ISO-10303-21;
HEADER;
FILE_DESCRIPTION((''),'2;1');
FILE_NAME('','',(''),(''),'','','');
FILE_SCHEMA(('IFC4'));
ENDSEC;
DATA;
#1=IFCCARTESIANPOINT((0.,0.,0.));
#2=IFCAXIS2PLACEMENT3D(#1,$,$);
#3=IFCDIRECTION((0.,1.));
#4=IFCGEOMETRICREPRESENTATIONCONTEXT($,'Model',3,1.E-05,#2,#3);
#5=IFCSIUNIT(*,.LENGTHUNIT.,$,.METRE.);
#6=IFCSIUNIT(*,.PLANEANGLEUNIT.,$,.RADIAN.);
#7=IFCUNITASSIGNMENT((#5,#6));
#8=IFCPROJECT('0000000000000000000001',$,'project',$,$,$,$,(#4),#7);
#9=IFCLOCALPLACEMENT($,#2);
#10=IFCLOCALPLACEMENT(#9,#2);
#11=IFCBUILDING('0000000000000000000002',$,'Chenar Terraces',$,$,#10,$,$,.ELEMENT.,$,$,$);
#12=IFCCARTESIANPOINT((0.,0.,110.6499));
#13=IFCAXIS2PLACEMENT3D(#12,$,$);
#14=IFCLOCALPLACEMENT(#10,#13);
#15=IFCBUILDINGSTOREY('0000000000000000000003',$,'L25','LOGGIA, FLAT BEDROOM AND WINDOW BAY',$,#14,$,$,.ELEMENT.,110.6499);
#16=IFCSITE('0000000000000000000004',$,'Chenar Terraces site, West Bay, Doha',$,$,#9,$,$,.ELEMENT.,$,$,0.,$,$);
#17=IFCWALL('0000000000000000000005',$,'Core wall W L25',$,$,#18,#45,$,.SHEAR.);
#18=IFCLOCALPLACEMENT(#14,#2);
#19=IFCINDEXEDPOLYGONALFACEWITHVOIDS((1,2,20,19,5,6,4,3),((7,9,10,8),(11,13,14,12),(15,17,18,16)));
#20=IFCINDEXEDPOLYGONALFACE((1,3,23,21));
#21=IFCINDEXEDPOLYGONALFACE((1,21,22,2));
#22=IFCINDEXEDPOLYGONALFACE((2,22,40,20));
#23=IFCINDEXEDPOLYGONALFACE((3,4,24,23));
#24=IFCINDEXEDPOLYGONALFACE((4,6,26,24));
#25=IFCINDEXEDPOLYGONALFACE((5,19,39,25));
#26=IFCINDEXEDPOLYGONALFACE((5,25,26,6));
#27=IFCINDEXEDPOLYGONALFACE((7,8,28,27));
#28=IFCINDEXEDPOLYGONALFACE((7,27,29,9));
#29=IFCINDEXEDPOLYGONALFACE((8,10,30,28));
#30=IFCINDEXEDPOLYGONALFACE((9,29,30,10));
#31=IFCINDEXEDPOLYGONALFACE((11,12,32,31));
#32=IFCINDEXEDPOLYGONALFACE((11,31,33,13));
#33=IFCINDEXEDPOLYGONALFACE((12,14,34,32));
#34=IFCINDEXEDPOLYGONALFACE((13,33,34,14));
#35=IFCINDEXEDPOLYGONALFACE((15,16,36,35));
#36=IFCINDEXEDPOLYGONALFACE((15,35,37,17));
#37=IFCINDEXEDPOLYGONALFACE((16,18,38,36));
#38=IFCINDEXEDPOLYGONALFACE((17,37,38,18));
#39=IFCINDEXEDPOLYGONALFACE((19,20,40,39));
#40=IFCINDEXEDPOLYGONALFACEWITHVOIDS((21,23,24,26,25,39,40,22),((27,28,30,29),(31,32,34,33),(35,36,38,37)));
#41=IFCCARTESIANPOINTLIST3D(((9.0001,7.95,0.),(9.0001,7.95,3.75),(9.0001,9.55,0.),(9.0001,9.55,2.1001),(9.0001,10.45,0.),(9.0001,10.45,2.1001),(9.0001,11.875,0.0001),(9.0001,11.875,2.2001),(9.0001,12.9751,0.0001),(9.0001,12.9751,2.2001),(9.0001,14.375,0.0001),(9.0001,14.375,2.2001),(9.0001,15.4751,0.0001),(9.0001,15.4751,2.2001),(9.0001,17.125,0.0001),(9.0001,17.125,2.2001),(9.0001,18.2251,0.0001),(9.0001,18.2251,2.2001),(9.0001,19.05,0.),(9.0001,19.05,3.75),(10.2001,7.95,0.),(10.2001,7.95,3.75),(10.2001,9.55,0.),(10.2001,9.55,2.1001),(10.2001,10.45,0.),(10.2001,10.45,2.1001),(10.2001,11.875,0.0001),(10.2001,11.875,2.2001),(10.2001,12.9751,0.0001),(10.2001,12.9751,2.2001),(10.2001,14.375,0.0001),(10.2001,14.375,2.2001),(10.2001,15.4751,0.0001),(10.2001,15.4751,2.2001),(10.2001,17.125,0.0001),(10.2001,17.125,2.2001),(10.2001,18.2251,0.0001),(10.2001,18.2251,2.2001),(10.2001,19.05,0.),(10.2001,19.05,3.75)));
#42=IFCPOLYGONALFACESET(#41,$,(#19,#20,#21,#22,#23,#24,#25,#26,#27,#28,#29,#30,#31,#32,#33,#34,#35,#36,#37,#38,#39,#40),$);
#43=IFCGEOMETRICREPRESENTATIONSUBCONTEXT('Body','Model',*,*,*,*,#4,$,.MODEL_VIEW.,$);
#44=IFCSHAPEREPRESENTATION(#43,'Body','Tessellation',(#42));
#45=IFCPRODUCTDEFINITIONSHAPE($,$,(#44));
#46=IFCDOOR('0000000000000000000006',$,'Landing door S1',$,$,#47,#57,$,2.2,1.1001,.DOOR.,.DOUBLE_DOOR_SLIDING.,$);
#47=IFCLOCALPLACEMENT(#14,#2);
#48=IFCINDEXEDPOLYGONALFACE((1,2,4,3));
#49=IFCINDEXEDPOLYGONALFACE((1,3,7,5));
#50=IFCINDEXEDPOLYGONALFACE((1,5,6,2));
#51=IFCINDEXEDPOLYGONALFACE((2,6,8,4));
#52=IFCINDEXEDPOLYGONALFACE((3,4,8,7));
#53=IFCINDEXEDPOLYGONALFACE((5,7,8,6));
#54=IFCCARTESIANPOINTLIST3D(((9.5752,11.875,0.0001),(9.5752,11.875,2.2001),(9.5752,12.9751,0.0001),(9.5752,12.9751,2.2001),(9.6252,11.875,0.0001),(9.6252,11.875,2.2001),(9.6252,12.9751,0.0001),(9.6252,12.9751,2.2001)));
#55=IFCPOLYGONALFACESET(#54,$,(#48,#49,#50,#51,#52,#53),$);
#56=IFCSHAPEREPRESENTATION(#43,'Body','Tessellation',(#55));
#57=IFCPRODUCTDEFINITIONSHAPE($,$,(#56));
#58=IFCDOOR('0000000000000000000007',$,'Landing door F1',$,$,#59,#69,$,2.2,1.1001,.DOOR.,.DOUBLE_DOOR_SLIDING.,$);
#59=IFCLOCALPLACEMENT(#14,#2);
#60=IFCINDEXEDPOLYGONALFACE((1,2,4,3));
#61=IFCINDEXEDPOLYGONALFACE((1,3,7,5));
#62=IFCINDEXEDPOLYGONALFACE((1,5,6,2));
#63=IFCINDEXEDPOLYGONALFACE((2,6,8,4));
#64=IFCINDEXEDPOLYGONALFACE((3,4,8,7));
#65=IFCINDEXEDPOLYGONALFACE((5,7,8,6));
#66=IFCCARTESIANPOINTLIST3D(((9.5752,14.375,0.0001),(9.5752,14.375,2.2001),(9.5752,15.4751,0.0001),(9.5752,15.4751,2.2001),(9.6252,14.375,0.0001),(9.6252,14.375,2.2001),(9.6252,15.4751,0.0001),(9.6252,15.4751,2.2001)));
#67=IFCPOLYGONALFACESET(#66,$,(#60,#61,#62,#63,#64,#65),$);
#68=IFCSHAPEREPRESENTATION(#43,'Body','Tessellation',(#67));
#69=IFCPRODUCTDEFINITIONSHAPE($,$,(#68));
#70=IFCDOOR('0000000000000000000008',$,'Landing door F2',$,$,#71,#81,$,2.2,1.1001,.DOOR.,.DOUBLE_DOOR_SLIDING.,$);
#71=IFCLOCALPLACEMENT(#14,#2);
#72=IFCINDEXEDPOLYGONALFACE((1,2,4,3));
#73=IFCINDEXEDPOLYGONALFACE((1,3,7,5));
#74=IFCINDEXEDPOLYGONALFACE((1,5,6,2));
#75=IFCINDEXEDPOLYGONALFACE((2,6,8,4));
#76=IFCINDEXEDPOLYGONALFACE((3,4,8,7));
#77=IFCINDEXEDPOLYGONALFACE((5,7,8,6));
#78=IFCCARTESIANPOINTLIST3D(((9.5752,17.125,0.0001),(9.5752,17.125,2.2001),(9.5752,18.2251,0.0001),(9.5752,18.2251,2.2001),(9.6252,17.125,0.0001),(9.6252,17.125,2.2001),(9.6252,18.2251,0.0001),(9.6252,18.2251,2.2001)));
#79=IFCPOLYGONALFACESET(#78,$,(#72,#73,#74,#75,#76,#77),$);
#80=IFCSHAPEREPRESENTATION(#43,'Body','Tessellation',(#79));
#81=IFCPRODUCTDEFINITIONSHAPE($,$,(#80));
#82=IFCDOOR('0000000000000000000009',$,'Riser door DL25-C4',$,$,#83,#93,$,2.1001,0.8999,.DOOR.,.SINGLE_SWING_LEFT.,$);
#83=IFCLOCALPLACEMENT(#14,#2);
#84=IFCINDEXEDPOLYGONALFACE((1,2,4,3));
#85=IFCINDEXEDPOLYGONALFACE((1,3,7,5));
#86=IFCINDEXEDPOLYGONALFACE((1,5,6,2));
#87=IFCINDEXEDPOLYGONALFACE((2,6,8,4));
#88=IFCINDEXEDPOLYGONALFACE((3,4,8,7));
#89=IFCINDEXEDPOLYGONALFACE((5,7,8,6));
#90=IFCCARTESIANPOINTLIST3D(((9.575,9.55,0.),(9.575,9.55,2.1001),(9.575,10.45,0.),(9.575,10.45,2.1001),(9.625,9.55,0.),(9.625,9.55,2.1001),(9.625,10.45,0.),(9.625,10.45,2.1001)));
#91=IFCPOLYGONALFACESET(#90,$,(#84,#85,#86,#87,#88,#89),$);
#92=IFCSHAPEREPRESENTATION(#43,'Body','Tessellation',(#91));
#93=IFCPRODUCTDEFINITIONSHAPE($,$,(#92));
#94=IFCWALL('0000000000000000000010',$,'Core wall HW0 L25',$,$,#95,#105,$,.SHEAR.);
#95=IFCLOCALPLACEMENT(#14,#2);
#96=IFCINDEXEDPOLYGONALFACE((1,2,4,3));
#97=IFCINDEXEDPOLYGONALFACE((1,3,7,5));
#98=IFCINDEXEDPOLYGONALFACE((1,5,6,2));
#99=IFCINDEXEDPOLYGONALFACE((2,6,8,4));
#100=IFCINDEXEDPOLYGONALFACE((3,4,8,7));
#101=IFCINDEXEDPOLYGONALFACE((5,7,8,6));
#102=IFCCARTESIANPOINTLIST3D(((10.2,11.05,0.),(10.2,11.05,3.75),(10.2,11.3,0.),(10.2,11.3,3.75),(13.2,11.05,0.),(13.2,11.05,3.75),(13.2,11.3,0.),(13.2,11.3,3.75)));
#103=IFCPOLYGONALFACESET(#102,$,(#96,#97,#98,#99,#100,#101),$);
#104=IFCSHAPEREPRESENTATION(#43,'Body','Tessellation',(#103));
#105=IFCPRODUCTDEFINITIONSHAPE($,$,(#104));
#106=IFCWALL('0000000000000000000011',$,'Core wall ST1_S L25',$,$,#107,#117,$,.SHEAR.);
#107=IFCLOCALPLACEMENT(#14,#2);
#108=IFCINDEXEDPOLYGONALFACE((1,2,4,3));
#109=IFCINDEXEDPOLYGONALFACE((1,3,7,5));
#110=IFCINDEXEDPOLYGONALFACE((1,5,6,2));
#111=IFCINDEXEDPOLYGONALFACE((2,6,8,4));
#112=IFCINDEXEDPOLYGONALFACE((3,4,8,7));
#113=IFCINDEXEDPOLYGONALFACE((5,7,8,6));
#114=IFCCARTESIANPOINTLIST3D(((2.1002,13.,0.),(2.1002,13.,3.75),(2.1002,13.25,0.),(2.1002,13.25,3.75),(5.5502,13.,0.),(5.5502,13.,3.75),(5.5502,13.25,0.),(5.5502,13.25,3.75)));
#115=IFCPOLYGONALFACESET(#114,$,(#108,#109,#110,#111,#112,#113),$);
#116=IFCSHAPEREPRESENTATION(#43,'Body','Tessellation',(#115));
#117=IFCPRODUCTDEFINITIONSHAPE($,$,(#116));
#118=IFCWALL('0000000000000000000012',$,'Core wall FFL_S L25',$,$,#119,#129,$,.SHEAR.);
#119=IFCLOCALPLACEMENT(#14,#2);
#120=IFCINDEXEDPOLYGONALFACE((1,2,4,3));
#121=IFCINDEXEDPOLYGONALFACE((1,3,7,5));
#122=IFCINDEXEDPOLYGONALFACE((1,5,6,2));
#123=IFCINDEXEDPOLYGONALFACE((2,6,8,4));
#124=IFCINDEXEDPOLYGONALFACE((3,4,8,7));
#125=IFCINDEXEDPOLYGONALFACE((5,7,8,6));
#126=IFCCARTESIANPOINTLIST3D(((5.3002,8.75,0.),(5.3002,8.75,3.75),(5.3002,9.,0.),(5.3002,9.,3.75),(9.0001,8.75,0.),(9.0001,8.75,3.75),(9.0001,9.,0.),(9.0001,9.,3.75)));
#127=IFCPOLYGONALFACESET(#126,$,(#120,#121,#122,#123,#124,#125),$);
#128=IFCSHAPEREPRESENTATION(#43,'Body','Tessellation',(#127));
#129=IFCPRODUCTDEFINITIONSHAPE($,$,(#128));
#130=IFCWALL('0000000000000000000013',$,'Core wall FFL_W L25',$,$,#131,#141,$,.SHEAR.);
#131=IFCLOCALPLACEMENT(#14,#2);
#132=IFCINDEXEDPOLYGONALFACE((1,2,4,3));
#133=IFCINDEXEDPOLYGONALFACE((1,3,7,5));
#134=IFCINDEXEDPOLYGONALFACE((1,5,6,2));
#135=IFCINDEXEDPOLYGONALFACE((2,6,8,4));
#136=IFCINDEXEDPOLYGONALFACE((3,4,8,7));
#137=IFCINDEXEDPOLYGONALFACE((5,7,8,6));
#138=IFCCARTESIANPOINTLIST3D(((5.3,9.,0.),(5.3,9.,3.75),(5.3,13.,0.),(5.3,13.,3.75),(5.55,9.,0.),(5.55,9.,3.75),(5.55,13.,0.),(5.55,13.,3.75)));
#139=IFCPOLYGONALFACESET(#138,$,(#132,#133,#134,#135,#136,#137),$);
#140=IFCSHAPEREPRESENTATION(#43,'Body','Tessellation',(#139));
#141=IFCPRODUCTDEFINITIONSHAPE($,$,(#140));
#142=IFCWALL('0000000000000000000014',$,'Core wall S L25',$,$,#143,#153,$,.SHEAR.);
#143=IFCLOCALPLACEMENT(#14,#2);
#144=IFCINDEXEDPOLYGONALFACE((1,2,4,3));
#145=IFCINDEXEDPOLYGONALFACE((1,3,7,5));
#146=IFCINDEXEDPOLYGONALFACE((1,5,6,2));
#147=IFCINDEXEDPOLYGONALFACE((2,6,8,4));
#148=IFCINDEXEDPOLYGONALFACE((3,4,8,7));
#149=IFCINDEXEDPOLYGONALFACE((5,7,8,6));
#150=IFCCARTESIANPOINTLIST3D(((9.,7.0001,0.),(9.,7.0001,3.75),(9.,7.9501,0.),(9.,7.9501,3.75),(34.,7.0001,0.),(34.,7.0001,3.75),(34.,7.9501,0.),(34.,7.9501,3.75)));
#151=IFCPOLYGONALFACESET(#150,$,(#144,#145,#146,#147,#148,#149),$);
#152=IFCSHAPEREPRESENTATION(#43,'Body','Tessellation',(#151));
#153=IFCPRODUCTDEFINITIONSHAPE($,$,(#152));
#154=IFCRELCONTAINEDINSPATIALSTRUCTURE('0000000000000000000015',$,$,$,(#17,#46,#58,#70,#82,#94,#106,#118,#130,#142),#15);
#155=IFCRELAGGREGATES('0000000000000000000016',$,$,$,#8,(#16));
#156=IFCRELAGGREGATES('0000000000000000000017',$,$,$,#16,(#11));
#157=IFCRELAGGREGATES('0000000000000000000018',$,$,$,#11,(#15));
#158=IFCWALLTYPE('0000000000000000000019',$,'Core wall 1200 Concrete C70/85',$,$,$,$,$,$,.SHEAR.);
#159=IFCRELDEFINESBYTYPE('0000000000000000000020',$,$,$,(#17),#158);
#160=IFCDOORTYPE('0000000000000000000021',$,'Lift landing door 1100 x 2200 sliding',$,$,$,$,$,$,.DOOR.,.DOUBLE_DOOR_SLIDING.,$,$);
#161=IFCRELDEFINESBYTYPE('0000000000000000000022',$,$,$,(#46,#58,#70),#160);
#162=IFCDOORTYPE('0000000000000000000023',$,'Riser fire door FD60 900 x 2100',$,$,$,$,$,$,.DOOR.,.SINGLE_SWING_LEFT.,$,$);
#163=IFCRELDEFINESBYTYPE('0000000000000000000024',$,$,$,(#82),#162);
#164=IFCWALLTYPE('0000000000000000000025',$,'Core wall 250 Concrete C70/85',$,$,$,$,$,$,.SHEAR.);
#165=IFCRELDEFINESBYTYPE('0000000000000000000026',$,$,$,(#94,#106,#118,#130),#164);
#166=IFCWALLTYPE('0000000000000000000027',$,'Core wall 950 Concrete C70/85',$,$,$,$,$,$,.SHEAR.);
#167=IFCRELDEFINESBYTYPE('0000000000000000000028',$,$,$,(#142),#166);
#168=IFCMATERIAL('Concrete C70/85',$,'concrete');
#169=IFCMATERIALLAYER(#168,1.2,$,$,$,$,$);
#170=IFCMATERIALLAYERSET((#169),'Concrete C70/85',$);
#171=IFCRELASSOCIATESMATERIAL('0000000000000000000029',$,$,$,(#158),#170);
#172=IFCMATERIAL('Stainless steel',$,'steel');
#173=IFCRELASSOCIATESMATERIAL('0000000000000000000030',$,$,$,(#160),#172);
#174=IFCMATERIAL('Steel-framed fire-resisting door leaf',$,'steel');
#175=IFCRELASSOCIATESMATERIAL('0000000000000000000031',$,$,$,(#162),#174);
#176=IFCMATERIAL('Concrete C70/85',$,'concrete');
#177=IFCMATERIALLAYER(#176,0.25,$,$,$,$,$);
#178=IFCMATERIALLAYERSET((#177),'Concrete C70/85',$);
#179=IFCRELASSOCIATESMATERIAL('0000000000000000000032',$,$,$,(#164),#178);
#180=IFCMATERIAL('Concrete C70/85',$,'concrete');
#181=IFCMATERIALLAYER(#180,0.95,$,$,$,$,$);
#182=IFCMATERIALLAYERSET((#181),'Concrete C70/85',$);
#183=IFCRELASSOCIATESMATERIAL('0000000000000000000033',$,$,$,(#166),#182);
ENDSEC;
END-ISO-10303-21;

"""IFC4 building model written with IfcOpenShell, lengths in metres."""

from ifc_helpers import new_model, si_unit, direction, frame, frame_2d, origin, place, context, subcontext, project, spatial, rectangle, extrude, material, layer, layer_set, type_object, element, fill, save


model = new_model("IFC4")

# Units and contexts
model_context = context("Model", 3, precision=1e-05, world=origin(), true_north=direction((0.0, 1.0)))
body_context = subcontext(model_context, "Body", "Model", "MODEL_VIEW")
ifc_project = project(units=[si_unit("LENGTHUNIT", "METRE"), si_unit("PLANEANGLEUNIT", "RADIAN")], contexts=[model_context])

# Site, building, storey
site_placement = place(None, origin())
site = spatial("IfcSite", under=ifc_project, at=site_placement, Name="Chenar Terraces site, West Bay, Doha", CompositionType="ELEMENT", RefElevation=0.0)
building_placement = place(site_placement, origin())
building = spatial("IfcBuilding", under=site, at=building_placement, Name="Chenar Terraces", CompositionType="ELEMENT")
storey_placement = place(building_placement, frame((0.0, 0.0, 110.6499)))
storey = spatial("IfcBuildingStorey", under=building, at=storey_placement, Name="L25", Description="LOGGIA, FLAT BEDROOM AND WINDOW BAY", CompositionType="ELEMENT", Elevation=110.6499)

# Wall, openings, doors
ifc_material_1 = material(Name="Concrete C70/85", Category="concrete")
ifc_layer_1 = layer(ifc_material_1, 1.2)
ifc_layer_set_1 = layer_set([ifc_layer_1], Name="Concrete C70/85")
wall_type_1 = type_object("IfcWallType", Name="Core wall 1200 Concrete C70/85", PredefinedType="SHEAR", material=ifc_layer_set_1)
wall_1_placement = place(storey_placement, frame((9.6001, 7.95, 0.0), z_axis=(0.0, 0.0, 1.0), x_axis=(0.0, 1.0, 0.0)))
wall_1 = element("IfcWall", 1, at=wall_1_placement, inside=storey, type_object=wall_type_1, Name="Core wall W L25", PredefinedType="SHEAR", context=body_context, shape_type="SweptSolid", body=[
    extrude(rectangle(XDim=11.1001, YDim=1.2, at=frame_2d((5.55, 0.0))), origin(), (0.0, 0.0, 1.0), 3.75),
])
opening_1_placement = place(wall_1_placement, frame((3.925, 0.0, 0.0)))
opening_1 = element("IfcOpeningElement", 2, at=opening_1_placement, cuts=wall_1, PredefinedType="OPENING", context=body_context, shape_type="SweptSolid", body=[
    extrude(rectangle(XDim=1.1001, YDim=2.2, at=frame_2d((0.55, 1.1001))), frame((0.0, 0.6099, 0.0), z_axis=(0.0, -1.0, 0.0), x_axis=(1.0, 0.0, 0.0)), (0.0, 0.0, 1.0), 1.22),
])
opening_2_placement = place(wall_1_placement, frame((6.425, 0.0, 0.0)))
opening_2 = element("IfcOpeningElement", 3, at=opening_2_placement, cuts=wall_1, PredefinedType="OPENING", context=body_context, shape_type="SweptSolid", body=[
    extrude(rectangle(XDim=1.1001, YDim=2.2, at=frame_2d((0.55, 1.1001))), frame((0.0, 0.6099, 0.0), z_axis=(0.0, -1.0, 0.0), x_axis=(1.0, 0.0, 0.0)), (0.0, 0.0, 1.0), 1.22),
])
opening_3_placement = place(wall_1_placement, frame((9.175, 0.0, 0.0)))
opening_3 = element("IfcOpeningElement", 4, at=opening_3_placement, cuts=wall_1, PredefinedType="OPENING", context=body_context, shape_type="SweptSolid", body=[
    extrude(rectangle(XDim=1.1001, YDim=2.2, at=frame_2d((0.55, 1.1001))), frame((0.0, 0.6099, 0.0), z_axis=(0.0, -1.0, 0.0), x_axis=(1.0, 0.0, 0.0)), (0.0, 0.0, 1.0), 1.22),
])
opening_4_placement = place(wall_1_placement, frame((1.6001, 0.0, 0.0)))
opening_4 = element("IfcOpeningElement", 5, at=opening_4_placement, cuts=wall_1, PredefinedType="OPENING", context=body_context, shape_type="SweptSolid", body=[
    extrude(rectangle(XDim=0.8999, YDim=2.1001, at=frame_2d((0.45, 1.05))), frame((0.0, 0.6099, 0.0), z_axis=(0.0, -1.0, 0.0), x_axis=(1.0, 0.0, 0.0)), (0.0, 0.0, 1.0), 1.22),
])
ifc_material_2 = material(Name="Stainless steel", Category="steel")
door_type_1 = type_object("IfcDoorType", Name="Lift landing door 1100 x 2200 sliding", OperationType="DOUBLE_DOOR_SLIDING", PredefinedType="DOOR", material=ifc_material_2)
door_1_placement = place(opening_1_placement, origin())
door_1 = element("IfcDoor", 6, at=door_1_placement, inside=storey, type_object=door_type_1, Name="Landing door S1", OperationType="DOUBLE_DOOR_SLIDING", OverallHeight=2.2, OverallWidth=1.1001, PredefinedType="DOOR", context=body_context, shape_type="SweptSolid", body=[
    extrude(rectangle(XDim=1.1001, YDim=2.2, at=frame_2d((0.55, 1.1001))), frame((0.0, 0.0249, 0.0), z_axis=(0.0, -1.0, 0.0), x_axis=(1.0, 0.0, 0.0)), (0.0, 0.0, 1.0), 0.05),
])
fill(opening_1, door_1)
door_2_placement = place(opening_2_placement, origin())
door_2 = element("IfcDoor", 7, at=door_2_placement, inside=storey, type_object=door_type_1, Name="Landing door F1", OperationType="DOUBLE_DOOR_SLIDING", OverallHeight=2.2, OverallWidth=1.1001, PredefinedType="DOOR", context=body_context, shape_type="SweptSolid", body=[
    extrude(rectangle(XDim=1.1001, YDim=2.2, at=frame_2d((0.55, 1.1001))), frame((0.0, 0.0249, 0.0), z_axis=(0.0, -1.0, 0.0), x_axis=(1.0, 0.0, 0.0)), (0.0, 0.0, 1.0), 0.05),
])
fill(opening_2, door_2)
door_3_placement = place(opening_3_placement, origin())
door_3 = element("IfcDoor", 8, at=door_3_placement, inside=storey, type_object=door_type_1, Name="Landing door F2", OperationType="DOUBLE_DOOR_SLIDING", OverallHeight=2.2, OverallWidth=1.1001, PredefinedType="DOOR", context=body_context, shape_type="SweptSolid", body=[
    extrude(rectangle(XDim=1.1001, YDim=2.2, at=frame_2d((0.55, 1.1001))), frame((0.0, 0.0249, 0.0), z_axis=(0.0, -1.0, 0.0), x_axis=(1.0, 0.0, 0.0)), (0.0, 0.0, 1.0), 0.05),
])
fill(opening_3, door_3)
ifc_material_3 = material(Name="Steel-framed fire-resisting door leaf", Category="steel")
door_type_2 = type_object("IfcDoorType", Name="Riser fire door FD60 900 x 2100", OperationType="SINGLE_SWING_LEFT", PredefinedType="DOOR", material=ifc_material_3)
door_4_placement = place(opening_4_placement, frame((0.8999, 0.0, 0.0), z_axis=(0.0, 0.0, 1.0), x_axis=(-1.0, 0.0, 0.0)))
door_4 = element("IfcDoor", 9, at=door_4_placement, inside=storey, type_object=door_type_2, Name="Riser door DL25-C4", OperationType="SINGLE_SWING_LEFT", OverallHeight=2.1001, OverallWidth=0.8999, PredefinedType="DOOR", context=body_context, shape_type="SweptSolid", body=[
    extrude(rectangle(XDim=0.8999, YDim=2.1001, at=frame_2d((0.45, 1.05))), frame((0.0, 0.0249, 0.0), z_axis=(0.0, -1.0, 0.0), x_axis=(1.0, 0.0, 0.0)), (0.0, 0.0, 1.0), 0.05),
])
fill(opening_4, door_4)

# Walls
ifc_material_4 = material(Name="Concrete C70/85", Category="concrete")
ifc_layer_2 = layer(ifc_material_4, 0.25)
ifc_layer_set_2 = layer_set([ifc_layer_2], Name="Concrete C70/85")
wall_type_2 = type_object("IfcWallType", Name="Core wall 250 Concrete C70/85", PredefinedType="SHEAR", material=ifc_layer_set_2)
wall_2_placement = place(storey_placement, frame((10.2, 11.175, 0.0), z_axis=(0.0, 0.0, 1.0), x_axis=(1.0, 0.0, 0.0)))
element("IfcWall", 10, at=wall_2_placement, inside=storey, type_object=wall_type_2, Name="Core wall HW0 L25", PredefinedType="SHEAR", context=body_context, shape_type="SweptSolid", body=[
    extrude(rectangle(XDim=3.0, YDim=0.25, at=frame_2d((1.5, 0.0))), origin(), (0.0, 0.0, 1.0), 3.75),
])
wall_3_placement = place(storey_placement, frame((2.1001, 13.125, 0.0), z_axis=(0.0, 0.0, 1.0), x_axis=(1.0, 0.0, 0.0)))
element("IfcWall", 11, at=wall_3_placement, inside=storey, type_object=wall_type_2, Name="Core wall ST1_S L25", PredefinedType="SHEAR", context=body_context, shape_type="SweptSolid", body=[
    extrude(rectangle(XDim=3.45, YDim=0.25, at=frame_2d((1.7251, 0.0))), origin(), (0.0, 0.0, 1.0), 3.75),
])
wall_4_placement = place(storey_placement, frame((5.3, 8.875, 0.0), z_axis=(0.0, 0.0, 1.0), x_axis=(1.0, 0.0, 0.0)))
element("IfcWall", 12, at=wall_4_placement, inside=storey, type_object=wall_type_2, Name="Core wall FFL_S L25", PredefinedType="SHEAR", context=body_context, shape_type="SweptSolid", body=[
    extrude(rectangle(XDim=3.7, YDim=0.25, at=frame_2d((1.8501, 0.0))), origin(), (0.0, 0.0, 1.0), 3.75),
])
wall_5_placement = place(storey_placement, frame((5.425, 9.0, 0.0), z_axis=(0.0, 0.0, 1.0), x_axis=(0.0, 1.0, 0.0)))
element("IfcWall", 13, at=wall_5_placement, inside=storey, type_object=wall_type_2, Name="Core wall FFL_W L25", PredefinedType="SHEAR", context=body_context, shape_type="SweptSolid", body=[
    extrude(rectangle(XDim=4.0, YDim=0.25, at=frame_2d((2.0, 0.0))), origin(), (0.0, 0.0, 1.0), 3.75),
])
ifc_material_5 = material(Name="Concrete C70/85", Category="concrete")
ifc_layer_3 = layer(ifc_material_5, 0.95)
ifc_layer_set_3 = layer_set([ifc_layer_3], Name="Concrete C70/85")
wall_type_3 = type_object("IfcWallType", Name="Core wall 950 Concrete C70/85", PredefinedType="SHEAR", material=ifc_layer_set_3)
wall_6_placement = place(storey_placement, frame((9.0, 7.4751, 0.0), z_axis=(0.0, 0.0, 1.0), x_axis=(1.0, 0.0, 0.0)))
element("IfcWall", 14, at=wall_6_placement, inside=storey, type_object=wall_type_3, Name="Core wall S L25", PredefinedType="SHEAR", context=body_context, shape_type="SweptSolid", body=[
    extrude(rectangle(XDim=25.0, YDim=0.95, at=frame_2d((12.5, 0.0))), origin(), (0.0, 0.0, 1.0), 3.75),
])

save(model, "model.ifc")
